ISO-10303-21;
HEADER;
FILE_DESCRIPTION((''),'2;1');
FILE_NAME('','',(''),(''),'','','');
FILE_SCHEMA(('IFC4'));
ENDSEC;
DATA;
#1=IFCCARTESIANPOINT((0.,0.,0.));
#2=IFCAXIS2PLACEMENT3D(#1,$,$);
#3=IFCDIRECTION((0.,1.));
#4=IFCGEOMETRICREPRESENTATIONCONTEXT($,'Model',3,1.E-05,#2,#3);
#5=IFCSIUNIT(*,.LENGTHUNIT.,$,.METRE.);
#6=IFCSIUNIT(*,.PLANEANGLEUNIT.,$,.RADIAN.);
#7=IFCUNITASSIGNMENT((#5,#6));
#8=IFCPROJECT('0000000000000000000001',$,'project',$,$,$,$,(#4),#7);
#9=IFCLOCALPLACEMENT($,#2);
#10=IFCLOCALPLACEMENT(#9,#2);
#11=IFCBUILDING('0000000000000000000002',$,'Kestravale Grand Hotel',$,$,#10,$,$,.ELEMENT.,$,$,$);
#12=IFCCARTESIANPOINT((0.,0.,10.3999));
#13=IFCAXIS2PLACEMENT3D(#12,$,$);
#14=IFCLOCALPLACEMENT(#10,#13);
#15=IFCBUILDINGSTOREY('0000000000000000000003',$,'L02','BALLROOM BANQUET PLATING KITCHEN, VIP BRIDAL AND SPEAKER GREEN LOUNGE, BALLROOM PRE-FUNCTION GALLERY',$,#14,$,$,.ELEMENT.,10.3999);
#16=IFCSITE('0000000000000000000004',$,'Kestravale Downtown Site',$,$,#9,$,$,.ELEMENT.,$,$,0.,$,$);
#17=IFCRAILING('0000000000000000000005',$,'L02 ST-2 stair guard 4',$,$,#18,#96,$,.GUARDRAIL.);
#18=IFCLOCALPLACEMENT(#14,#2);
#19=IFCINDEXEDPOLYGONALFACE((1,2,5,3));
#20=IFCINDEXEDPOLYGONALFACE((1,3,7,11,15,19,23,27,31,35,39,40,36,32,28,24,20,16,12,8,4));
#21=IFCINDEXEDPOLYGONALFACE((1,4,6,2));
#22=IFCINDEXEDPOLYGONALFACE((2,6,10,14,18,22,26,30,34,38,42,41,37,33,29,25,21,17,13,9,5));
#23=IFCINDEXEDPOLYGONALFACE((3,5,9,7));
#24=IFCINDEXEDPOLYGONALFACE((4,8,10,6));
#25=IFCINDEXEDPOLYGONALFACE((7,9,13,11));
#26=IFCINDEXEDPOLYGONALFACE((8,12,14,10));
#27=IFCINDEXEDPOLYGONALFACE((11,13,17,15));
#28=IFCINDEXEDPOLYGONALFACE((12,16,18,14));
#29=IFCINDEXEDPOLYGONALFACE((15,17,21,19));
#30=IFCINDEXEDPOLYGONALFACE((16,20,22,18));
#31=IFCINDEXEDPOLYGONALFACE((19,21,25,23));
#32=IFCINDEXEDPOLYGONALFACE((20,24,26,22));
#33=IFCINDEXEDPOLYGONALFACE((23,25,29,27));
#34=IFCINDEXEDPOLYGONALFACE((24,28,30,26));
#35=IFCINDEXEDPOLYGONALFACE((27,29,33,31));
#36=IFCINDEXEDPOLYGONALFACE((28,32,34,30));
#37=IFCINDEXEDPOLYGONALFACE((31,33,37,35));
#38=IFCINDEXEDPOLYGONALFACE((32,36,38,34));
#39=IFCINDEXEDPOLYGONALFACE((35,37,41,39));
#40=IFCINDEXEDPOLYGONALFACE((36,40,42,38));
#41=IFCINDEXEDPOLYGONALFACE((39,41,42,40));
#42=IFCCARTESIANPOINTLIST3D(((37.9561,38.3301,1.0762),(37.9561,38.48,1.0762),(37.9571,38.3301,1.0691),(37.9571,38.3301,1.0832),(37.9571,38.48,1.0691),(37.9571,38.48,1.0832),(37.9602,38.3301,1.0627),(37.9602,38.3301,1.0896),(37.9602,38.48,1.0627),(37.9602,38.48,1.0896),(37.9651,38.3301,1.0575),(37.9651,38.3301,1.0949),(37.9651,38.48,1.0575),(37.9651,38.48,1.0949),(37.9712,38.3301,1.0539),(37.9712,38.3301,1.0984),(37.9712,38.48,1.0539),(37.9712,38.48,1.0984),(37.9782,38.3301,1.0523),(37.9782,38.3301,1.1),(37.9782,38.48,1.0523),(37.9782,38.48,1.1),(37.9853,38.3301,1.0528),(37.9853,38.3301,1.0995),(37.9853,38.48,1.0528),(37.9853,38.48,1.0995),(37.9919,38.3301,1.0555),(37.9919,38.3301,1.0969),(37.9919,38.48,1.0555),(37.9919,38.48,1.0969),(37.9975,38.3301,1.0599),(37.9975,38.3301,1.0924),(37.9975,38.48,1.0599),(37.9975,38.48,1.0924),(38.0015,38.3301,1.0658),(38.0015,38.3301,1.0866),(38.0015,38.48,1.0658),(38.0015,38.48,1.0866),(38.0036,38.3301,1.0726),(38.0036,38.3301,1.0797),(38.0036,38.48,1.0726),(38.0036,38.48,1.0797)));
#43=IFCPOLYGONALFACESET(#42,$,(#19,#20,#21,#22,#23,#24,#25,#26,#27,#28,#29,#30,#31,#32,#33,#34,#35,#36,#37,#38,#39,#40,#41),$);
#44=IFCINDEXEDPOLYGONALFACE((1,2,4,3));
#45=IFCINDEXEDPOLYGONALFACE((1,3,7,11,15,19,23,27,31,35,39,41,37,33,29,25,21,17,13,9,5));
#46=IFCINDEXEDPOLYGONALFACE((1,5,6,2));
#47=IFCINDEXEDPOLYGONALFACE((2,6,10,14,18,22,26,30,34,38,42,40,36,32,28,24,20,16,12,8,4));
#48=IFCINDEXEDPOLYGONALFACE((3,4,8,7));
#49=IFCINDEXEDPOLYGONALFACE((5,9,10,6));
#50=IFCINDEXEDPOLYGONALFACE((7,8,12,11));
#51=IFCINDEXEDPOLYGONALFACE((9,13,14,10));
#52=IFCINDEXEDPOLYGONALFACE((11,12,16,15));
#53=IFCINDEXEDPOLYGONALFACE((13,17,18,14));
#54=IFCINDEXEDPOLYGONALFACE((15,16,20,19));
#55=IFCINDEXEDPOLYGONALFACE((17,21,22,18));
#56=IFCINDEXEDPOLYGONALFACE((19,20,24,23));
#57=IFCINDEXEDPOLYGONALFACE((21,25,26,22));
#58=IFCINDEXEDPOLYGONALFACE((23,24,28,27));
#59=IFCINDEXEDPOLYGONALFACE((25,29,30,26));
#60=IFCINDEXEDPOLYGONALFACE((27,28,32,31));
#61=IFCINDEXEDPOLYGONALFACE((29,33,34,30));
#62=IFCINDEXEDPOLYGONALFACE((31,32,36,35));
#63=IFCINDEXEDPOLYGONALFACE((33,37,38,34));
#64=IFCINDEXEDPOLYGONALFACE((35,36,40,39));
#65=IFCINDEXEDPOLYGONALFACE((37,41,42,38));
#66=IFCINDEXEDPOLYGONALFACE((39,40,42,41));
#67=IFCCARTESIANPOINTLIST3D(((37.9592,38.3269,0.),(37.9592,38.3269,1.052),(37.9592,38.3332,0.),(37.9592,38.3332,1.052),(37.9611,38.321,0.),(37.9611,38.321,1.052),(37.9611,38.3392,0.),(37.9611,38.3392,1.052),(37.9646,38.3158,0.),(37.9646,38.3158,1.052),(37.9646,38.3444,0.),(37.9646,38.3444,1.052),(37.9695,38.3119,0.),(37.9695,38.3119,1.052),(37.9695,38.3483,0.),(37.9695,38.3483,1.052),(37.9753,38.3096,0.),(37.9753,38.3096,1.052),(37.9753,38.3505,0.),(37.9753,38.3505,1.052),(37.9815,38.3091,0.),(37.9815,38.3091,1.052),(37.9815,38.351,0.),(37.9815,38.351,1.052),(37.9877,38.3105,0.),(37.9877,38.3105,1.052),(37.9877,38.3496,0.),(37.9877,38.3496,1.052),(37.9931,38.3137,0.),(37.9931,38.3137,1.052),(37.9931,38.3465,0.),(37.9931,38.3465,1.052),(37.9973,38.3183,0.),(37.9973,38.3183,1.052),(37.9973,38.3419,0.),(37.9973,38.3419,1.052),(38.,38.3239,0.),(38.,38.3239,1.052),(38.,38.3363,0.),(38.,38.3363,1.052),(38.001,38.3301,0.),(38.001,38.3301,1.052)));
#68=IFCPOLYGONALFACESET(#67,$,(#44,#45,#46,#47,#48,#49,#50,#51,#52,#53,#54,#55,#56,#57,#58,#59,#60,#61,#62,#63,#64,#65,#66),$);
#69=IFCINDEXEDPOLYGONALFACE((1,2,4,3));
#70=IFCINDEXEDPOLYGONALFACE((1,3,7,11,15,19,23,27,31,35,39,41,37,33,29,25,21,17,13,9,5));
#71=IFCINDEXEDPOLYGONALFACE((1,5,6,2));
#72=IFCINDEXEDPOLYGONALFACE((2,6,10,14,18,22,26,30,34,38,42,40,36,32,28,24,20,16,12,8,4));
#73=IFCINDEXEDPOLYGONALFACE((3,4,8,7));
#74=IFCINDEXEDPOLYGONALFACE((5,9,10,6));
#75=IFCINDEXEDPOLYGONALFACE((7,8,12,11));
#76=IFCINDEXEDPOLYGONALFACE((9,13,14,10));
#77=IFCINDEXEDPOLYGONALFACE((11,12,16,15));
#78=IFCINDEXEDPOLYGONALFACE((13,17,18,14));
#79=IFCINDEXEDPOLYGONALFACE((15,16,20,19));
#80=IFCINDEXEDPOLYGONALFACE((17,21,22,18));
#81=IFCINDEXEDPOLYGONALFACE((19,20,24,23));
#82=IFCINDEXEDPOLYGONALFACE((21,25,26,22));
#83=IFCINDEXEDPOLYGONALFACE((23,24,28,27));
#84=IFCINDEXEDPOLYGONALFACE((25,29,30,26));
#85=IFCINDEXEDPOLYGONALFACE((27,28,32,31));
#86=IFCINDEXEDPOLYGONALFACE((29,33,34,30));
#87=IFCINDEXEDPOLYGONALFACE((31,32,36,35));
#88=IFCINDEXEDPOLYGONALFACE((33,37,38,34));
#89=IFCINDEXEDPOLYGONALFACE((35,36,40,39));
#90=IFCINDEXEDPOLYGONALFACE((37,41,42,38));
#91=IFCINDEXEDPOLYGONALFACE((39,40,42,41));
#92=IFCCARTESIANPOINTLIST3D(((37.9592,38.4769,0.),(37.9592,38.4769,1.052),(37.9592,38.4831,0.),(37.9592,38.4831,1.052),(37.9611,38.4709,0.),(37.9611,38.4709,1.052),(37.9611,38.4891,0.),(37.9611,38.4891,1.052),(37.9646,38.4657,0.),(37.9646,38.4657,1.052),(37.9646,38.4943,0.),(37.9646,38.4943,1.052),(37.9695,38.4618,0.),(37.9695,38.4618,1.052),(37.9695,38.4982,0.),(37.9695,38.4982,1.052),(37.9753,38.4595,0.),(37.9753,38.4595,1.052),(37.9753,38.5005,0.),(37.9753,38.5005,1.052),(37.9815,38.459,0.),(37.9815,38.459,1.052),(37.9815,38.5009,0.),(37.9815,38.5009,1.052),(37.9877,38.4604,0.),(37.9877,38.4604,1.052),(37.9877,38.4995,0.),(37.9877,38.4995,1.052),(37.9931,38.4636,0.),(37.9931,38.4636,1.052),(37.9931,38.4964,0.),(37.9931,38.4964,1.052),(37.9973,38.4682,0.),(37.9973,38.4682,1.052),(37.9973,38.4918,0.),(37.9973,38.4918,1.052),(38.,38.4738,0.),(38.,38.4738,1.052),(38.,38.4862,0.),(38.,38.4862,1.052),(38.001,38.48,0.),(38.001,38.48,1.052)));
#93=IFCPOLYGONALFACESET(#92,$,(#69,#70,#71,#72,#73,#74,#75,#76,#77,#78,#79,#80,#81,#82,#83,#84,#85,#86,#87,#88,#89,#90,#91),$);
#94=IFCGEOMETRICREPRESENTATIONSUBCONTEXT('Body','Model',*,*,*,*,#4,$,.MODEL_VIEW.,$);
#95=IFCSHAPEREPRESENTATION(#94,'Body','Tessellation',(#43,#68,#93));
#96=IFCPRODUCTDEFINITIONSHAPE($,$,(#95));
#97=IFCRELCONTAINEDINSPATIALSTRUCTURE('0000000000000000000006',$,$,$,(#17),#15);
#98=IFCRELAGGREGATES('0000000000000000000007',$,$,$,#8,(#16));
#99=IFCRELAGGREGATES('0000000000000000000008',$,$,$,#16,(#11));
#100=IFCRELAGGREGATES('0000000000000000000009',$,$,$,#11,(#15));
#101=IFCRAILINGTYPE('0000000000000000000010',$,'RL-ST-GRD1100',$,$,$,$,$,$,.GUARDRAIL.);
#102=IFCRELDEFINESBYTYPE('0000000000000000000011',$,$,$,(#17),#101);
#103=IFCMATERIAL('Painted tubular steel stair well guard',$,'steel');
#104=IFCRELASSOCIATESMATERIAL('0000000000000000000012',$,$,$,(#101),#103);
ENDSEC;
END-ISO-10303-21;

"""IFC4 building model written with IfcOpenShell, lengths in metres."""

from ifc_helpers import new_model, si_unit, direction, frame, origin, origin_2d, place, context, subcontext, project, spatial, circle, extrude, material, type_object, element, save


model = new_model("IFC4")

# Units and contexts
model_context = context("Model", 3, precision=1e-05, world=origin(), true_north=direction((0.0, 1.0)))
body_context = subcontext(model_context, "Body", "Model", "MODEL_VIEW")
ifc_project = project(units=[si_unit("LENGTHUNIT", "METRE"), si_unit("PLANEANGLEUNIT", "RADIAN")], contexts=[model_context])

# Site, building, storey
site_placement = place(None, origin())
site = spatial("IfcSite", under=ifc_project, at=site_placement, Name="Kestravale Downtown Site", CompositionType="ELEMENT", RefElevation=0.0)
building_placement = place(site_placement, origin())
building = spatial("IfcBuilding", under=site, at=building_placement, Name="Kestravale Grand Hotel", CompositionType="ELEMENT")
storey_placement = place(building_placement, frame((0.0, 0.0, 10.3999)))
storey = spatial("IfcBuildingStorey", under=building, at=storey_placement, Name="L02", Description="BALLROOM BANQUET PLATING KITCHEN, VIP BRIDAL AND SPEAKER GREEN LOUNGE, BALLROOM PRE-FUNCTION GALLERY", CompositionType="ELEMENT", Elevation=10.3999)

# Railing
ifc_material_1 = material(Name="Painted tubular steel stair well guard", Category="steel")
railing_type_1 = type_object("IfcRailingType", Name="RL-ST-GRD1100", PredefinedType="GUARDRAIL", material=ifc_material_1)
railing_1_placement = place(storey_placement, frame((37.98, 38.3301, 0.0)))
element("IfcRailing", 1, at=railing_1_placement, inside=storey, type_object=railing_type_1, Name="L02 ST-2 stair guard 4", PredefinedType="GUARDRAIL", context=body_context, shape_type="SweptSolid", body=[
    extrude(circle(Radius=0.0239, at=origin_2d()), frame((0.0, 0.0, 1.0762), z_axis=(0.0, 1.0, 0.0), x_axis=(-1.0, 0.0, 0.0)), (0.0, 0.0, 1.0), 0.1499),
    extrude(circle(Radius=0.021, at=origin_2d()), origin(), (0.0, 0.0, 1.0), 1.052),
    extrude(circle(Radius=0.021, at=origin_2d()), frame((0.0, 0.1499, 0.0)), (0.0, 0.0, 1.0), 1.052),
])

save(model, "model.ifc")
